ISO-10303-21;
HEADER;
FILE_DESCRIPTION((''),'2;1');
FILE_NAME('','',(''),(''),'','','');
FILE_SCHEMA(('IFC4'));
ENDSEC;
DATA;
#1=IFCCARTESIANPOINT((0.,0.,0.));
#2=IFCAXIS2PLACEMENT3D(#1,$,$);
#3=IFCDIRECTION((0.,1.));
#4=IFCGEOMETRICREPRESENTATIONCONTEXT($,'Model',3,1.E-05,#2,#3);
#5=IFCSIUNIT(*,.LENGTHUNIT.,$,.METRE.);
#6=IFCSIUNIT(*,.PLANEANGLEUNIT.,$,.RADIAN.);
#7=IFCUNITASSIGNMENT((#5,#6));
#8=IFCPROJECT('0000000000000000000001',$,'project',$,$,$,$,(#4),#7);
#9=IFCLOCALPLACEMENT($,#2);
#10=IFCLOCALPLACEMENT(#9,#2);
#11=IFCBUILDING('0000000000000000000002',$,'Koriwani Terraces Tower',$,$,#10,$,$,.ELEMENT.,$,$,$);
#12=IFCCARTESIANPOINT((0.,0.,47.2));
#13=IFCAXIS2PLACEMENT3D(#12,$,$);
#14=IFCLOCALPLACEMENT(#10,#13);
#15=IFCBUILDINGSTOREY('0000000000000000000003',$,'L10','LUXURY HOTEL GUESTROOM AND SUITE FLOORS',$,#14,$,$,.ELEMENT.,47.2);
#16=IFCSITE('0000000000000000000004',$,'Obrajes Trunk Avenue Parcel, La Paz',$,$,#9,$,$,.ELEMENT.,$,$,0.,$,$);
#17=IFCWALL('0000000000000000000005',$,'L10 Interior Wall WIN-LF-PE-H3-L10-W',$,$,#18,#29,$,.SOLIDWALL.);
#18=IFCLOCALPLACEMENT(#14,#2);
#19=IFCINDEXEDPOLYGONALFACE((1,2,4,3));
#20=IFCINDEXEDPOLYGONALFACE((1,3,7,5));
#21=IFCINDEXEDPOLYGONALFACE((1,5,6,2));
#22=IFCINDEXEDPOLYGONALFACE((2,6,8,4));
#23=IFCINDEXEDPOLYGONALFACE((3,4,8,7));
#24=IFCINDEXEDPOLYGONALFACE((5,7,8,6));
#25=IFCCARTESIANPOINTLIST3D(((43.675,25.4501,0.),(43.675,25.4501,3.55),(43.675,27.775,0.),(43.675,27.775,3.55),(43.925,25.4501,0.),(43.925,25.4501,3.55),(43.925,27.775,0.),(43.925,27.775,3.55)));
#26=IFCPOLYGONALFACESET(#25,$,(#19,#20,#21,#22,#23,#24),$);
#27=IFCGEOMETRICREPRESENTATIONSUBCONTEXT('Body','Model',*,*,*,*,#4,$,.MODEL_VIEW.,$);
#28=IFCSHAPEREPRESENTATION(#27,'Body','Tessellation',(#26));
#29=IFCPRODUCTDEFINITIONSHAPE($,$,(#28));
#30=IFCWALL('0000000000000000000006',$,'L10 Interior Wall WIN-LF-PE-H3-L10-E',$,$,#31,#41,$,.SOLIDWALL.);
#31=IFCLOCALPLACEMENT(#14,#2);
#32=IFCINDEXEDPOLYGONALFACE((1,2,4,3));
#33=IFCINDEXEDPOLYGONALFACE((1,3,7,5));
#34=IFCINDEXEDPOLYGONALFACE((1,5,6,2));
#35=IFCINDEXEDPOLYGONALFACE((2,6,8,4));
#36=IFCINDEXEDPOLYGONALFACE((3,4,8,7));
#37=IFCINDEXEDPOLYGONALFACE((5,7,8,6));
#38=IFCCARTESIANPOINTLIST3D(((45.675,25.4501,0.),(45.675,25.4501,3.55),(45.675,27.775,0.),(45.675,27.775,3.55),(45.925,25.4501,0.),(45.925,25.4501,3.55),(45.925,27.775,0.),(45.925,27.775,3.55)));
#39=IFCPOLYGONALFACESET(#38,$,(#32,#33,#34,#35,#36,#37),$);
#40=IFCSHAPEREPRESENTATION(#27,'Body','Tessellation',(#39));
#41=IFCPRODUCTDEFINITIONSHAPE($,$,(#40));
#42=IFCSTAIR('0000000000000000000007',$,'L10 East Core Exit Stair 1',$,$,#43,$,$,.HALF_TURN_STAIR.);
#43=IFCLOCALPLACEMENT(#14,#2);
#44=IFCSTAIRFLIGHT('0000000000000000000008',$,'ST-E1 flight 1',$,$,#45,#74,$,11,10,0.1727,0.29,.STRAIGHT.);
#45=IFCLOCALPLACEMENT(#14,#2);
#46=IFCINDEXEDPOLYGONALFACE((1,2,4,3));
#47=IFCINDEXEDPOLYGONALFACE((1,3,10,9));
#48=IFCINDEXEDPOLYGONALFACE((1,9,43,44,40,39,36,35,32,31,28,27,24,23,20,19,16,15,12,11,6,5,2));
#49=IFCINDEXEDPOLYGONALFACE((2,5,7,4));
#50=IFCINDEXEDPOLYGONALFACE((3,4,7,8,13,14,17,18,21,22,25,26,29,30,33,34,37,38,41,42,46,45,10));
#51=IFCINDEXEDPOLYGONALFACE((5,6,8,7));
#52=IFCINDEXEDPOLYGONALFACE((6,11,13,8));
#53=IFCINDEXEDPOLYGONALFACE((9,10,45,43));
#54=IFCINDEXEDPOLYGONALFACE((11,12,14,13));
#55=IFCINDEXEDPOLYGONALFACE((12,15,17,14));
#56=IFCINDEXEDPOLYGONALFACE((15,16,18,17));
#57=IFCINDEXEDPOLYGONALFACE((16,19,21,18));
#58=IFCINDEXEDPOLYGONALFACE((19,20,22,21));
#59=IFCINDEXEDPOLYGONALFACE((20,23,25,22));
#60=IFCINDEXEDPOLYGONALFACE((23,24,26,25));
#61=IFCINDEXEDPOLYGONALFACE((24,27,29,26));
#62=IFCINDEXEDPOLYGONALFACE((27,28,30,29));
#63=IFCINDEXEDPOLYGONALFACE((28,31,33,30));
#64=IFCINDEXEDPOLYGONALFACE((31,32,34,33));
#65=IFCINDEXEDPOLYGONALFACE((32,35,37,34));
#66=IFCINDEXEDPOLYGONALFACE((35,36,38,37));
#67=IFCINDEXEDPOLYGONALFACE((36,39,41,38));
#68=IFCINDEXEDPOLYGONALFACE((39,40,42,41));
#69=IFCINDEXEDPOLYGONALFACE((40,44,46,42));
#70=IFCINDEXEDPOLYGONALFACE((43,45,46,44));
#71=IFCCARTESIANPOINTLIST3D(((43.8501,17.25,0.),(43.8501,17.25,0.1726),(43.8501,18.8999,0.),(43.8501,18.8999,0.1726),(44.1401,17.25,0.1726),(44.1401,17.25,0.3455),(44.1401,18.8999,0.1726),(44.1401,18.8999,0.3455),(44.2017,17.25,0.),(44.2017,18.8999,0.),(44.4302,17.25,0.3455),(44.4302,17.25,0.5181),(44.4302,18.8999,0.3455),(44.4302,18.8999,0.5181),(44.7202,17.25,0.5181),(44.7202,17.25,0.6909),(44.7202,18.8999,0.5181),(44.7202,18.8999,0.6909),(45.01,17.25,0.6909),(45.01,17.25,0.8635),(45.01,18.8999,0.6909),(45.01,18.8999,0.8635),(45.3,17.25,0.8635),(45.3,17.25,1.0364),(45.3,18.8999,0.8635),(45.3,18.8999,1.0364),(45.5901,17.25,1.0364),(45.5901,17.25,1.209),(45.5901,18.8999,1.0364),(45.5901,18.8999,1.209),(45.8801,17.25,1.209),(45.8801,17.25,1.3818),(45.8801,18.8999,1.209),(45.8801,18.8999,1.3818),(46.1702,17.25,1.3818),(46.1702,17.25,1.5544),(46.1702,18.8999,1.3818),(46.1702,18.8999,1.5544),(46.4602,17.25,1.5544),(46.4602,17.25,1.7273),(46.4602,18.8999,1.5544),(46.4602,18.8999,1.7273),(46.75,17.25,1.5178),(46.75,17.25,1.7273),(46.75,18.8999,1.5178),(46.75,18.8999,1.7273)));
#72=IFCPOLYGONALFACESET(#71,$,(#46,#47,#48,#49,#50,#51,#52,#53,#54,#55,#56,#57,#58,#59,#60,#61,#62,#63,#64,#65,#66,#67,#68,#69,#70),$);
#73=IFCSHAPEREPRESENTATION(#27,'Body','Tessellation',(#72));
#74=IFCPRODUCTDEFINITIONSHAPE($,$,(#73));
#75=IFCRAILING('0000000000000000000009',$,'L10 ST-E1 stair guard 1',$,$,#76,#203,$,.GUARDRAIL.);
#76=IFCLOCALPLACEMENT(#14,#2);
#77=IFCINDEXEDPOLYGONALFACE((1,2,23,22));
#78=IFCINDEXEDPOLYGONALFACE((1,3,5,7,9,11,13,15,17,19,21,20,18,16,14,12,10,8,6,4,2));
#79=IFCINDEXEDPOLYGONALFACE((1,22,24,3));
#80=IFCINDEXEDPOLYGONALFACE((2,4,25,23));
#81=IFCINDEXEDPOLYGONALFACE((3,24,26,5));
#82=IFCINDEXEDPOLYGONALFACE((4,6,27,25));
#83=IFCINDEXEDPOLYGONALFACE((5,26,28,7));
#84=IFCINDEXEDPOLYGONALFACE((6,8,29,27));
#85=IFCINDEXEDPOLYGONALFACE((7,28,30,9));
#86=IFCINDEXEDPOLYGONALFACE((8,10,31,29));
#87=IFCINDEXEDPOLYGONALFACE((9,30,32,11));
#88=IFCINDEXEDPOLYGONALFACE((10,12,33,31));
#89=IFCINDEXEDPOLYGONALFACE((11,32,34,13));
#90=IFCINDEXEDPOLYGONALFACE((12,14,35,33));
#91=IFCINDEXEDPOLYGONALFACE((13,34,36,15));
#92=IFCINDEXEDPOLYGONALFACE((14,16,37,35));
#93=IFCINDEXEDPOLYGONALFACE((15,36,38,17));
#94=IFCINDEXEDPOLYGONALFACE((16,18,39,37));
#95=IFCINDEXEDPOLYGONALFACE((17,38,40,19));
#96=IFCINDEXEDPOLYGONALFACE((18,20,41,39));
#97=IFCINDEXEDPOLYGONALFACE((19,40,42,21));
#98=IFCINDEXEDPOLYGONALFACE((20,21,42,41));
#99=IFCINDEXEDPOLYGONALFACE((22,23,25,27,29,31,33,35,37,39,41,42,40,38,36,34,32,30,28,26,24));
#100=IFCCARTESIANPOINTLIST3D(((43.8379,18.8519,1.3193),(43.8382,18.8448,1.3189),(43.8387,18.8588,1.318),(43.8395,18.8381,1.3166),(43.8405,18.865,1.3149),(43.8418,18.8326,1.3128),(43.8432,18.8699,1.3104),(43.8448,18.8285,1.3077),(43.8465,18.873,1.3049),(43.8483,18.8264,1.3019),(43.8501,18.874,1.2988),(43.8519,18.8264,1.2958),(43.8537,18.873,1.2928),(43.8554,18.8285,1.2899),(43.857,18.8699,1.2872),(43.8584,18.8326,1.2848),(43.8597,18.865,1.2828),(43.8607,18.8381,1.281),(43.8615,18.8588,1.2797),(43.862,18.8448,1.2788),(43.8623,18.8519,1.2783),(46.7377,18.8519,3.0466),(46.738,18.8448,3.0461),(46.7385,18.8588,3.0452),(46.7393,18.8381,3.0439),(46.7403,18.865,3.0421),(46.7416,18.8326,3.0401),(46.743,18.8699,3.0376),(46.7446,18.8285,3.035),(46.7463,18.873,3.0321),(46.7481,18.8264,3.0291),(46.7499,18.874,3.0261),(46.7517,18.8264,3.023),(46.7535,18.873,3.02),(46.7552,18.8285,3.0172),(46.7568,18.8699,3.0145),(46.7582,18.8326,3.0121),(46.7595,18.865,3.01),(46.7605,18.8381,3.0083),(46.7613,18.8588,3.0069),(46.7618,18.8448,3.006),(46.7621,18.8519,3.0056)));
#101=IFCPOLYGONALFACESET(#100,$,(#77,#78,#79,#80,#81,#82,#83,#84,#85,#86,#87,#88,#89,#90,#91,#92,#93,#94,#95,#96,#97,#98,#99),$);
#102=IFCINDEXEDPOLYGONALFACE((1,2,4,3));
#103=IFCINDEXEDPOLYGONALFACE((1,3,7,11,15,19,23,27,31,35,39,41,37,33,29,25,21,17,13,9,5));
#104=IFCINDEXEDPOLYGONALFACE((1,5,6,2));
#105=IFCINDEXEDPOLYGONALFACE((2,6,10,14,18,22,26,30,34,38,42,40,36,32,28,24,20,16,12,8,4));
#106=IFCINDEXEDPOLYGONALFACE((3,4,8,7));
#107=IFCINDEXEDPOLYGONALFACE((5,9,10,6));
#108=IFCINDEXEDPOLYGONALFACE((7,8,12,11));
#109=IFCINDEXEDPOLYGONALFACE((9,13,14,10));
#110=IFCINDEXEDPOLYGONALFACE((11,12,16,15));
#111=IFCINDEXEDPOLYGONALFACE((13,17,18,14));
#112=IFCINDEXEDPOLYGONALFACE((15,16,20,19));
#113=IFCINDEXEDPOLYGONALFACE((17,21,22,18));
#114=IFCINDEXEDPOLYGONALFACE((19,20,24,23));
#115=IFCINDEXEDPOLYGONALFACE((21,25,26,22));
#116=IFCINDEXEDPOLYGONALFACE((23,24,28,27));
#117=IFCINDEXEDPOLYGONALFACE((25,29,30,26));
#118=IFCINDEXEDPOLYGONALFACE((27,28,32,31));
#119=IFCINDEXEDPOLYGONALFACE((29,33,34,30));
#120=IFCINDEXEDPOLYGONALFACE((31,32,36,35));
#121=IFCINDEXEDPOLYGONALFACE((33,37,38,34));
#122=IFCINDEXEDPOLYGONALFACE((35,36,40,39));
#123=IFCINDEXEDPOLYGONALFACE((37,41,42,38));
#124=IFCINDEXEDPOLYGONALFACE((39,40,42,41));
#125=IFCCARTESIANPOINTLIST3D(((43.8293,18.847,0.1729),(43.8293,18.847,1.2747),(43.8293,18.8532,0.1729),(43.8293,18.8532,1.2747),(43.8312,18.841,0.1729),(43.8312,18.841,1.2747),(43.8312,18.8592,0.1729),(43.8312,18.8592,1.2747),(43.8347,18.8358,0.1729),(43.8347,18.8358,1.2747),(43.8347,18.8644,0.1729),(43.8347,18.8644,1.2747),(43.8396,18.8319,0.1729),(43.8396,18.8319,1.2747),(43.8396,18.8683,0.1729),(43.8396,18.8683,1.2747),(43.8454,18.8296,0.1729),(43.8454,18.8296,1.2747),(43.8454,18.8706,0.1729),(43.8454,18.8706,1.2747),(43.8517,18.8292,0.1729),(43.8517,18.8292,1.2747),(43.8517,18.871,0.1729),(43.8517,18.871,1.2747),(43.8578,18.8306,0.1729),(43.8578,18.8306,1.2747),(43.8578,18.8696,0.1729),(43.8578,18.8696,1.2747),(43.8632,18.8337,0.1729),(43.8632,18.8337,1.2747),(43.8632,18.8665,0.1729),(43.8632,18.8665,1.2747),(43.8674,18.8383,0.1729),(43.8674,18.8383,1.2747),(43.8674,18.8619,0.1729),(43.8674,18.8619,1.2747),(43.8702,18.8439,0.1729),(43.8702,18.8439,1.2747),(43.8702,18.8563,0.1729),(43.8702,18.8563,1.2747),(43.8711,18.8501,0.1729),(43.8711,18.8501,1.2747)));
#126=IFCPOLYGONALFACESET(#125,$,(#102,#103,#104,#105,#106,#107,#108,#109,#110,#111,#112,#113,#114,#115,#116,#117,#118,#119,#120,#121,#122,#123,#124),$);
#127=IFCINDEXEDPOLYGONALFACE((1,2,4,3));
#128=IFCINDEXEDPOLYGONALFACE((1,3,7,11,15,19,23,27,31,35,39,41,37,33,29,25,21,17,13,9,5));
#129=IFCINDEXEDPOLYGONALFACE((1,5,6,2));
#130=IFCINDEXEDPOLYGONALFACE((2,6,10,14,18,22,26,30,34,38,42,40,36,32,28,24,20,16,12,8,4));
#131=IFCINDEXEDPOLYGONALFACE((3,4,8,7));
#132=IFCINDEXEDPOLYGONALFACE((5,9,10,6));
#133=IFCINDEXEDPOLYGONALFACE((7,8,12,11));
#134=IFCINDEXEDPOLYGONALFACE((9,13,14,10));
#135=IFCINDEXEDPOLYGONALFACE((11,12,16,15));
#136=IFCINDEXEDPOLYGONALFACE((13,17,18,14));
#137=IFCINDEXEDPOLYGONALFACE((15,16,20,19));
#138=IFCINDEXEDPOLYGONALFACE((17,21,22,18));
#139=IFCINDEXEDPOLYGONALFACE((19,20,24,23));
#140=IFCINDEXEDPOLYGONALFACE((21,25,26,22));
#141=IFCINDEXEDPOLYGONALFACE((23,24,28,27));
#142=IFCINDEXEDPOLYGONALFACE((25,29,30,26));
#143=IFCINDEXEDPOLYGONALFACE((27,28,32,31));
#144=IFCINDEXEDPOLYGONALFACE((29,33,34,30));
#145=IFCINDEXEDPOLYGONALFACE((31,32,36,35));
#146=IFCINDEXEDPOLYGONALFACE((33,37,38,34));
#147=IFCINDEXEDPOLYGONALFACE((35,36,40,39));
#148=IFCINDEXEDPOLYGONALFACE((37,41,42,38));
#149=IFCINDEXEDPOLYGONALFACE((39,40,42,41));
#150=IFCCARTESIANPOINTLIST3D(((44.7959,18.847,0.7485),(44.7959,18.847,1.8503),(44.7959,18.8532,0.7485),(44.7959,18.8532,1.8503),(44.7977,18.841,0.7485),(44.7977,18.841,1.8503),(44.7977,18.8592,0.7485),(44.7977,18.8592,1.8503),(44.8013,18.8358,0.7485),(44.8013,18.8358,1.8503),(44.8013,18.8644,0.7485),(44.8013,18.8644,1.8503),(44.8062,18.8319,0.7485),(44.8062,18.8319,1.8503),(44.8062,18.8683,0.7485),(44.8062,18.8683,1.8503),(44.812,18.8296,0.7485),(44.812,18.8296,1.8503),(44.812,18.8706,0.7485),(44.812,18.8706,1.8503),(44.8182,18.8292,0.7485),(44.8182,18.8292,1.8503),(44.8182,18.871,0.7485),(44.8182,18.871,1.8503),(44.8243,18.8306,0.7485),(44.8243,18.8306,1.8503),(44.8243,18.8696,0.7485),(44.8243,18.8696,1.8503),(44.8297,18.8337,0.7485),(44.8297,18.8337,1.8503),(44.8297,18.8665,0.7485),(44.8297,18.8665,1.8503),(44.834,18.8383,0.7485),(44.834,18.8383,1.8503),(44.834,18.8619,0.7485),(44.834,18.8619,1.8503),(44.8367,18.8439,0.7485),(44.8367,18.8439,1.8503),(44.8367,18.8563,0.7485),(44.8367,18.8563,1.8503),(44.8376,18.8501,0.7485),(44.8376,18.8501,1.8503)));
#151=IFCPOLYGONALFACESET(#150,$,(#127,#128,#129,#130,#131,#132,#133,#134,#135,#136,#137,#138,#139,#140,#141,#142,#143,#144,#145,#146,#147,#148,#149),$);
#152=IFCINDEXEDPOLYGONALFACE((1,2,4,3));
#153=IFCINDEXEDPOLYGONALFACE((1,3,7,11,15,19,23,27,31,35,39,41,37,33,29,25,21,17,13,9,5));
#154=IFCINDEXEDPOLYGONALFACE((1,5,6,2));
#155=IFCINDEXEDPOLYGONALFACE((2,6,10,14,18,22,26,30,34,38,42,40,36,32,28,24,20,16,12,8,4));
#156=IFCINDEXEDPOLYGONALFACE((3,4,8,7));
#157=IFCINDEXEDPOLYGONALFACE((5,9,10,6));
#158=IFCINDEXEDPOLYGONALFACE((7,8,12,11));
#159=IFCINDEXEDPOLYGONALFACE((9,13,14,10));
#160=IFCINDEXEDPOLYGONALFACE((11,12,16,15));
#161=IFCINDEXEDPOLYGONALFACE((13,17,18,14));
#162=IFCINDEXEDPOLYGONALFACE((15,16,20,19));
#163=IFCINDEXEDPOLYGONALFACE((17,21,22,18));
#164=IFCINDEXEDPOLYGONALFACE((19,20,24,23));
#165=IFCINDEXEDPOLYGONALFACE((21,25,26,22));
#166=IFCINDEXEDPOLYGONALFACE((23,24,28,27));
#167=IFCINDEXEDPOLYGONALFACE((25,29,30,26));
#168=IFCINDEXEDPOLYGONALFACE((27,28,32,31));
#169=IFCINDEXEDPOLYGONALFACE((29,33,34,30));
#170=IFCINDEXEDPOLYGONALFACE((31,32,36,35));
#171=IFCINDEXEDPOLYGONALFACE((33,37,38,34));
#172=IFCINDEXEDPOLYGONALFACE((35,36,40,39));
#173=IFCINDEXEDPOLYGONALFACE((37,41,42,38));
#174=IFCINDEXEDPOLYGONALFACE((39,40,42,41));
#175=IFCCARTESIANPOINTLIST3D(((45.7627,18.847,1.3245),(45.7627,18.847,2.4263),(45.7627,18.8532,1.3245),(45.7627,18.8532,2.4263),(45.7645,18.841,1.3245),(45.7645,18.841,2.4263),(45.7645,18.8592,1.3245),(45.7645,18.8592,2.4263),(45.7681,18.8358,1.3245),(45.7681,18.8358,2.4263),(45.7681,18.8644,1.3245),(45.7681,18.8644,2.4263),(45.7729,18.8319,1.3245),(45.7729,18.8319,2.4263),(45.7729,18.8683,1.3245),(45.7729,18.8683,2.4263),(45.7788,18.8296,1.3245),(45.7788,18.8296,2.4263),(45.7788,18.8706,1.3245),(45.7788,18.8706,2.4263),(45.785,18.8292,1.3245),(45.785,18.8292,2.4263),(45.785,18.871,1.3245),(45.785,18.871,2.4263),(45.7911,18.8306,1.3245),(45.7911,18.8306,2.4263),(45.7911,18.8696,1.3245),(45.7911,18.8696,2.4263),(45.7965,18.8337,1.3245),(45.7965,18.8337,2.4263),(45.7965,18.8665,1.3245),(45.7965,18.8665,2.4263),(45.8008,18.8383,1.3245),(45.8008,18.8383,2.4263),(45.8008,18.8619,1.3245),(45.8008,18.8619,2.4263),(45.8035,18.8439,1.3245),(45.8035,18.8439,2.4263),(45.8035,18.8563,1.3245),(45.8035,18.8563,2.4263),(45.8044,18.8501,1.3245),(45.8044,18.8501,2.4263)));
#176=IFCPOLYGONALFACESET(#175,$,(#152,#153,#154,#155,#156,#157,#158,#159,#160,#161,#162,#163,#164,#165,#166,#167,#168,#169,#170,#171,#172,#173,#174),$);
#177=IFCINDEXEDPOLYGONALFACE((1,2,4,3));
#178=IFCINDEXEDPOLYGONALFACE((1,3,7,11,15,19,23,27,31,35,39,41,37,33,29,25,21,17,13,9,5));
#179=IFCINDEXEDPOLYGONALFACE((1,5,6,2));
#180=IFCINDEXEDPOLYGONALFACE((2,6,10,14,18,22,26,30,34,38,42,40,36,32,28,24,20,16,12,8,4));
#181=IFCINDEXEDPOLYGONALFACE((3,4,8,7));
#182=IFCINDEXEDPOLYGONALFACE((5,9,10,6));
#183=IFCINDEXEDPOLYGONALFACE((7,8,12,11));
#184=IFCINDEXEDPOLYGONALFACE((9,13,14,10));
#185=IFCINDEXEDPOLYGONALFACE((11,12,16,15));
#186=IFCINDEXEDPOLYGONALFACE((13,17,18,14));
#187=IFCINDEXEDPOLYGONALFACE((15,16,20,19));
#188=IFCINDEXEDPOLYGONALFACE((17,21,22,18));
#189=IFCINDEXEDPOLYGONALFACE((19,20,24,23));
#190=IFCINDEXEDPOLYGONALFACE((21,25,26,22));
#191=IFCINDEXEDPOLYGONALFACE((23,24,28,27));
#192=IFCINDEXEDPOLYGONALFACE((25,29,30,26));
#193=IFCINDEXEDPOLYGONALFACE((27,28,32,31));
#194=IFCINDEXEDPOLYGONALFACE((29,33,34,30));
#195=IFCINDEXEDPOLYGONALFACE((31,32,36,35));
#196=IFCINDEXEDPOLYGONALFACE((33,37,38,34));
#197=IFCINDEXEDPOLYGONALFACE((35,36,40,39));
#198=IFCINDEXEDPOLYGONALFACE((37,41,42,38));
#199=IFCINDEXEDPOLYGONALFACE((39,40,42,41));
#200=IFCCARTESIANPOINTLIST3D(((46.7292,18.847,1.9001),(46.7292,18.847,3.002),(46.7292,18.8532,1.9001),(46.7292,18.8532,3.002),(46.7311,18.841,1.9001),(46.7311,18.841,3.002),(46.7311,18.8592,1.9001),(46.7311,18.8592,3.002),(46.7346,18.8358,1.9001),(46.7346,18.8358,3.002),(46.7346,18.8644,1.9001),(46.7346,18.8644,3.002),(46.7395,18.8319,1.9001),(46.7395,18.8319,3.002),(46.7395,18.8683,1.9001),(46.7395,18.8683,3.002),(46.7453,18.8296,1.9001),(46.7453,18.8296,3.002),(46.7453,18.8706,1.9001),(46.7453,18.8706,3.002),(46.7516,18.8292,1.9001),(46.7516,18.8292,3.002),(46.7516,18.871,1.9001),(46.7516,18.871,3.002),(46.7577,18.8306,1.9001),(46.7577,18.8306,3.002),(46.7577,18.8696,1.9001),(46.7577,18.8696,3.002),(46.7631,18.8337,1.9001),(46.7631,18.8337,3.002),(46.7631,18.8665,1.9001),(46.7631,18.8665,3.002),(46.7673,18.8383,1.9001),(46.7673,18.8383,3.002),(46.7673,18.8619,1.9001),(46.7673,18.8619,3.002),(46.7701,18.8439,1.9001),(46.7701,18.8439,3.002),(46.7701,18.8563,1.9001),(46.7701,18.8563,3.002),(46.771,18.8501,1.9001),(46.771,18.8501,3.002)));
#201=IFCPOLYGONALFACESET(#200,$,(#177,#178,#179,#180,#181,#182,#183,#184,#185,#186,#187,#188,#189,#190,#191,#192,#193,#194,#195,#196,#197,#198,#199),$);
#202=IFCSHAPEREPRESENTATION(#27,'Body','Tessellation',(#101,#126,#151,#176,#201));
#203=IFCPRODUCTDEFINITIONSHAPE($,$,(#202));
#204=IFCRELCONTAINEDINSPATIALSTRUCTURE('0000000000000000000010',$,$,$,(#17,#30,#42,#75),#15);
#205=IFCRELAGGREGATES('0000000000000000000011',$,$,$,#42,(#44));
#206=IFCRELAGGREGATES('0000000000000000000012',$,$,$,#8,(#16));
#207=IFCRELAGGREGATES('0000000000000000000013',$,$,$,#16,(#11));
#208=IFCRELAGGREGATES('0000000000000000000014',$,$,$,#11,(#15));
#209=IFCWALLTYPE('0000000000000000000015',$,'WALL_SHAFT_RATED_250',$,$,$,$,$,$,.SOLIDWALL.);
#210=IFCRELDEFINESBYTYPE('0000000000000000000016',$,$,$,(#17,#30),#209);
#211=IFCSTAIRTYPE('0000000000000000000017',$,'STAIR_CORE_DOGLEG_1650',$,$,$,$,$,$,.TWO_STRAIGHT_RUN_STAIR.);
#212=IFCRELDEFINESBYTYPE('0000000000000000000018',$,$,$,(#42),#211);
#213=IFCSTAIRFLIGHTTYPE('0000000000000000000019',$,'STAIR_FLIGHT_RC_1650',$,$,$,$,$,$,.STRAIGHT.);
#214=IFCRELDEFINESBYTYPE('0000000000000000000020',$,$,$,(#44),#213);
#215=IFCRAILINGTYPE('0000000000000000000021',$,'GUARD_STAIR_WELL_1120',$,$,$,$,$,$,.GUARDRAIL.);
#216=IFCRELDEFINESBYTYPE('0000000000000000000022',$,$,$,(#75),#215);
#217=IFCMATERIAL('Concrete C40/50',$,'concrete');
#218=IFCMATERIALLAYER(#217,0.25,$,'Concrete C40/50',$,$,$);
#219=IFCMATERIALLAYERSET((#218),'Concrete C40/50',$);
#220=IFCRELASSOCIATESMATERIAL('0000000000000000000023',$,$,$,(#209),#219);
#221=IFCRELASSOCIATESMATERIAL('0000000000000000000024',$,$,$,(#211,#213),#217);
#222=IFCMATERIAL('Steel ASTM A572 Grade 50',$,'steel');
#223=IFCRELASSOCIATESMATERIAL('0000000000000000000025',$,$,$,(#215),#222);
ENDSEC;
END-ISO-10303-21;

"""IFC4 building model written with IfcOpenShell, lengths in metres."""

from ifc_helpers import new_model, si_unit, direction, frame, frame_2d, origin, origin_2d, place, context, subcontext, project, spatial, polyline, rectangle, circle, outline, extrude, material, layer, layer_set, type_object, element, aggregate, save


model = new_model("IFC4")

# Units and contexts
model_context = context("Model", 3, precision=1e-05, world=origin(), true_north=direction((0.0, 1.0)))
body_context = subcontext(model_context, "Body", "Model", "MODEL_VIEW")
ifc_project = project(units=[si_unit("LENGTHUNIT", "METRE"), si_unit("PLANEANGLEUNIT", "RADIAN")], contexts=[model_context])

# Site, building, storey
site_placement = place(None, origin())
site = spatial("IfcSite", under=ifc_project, at=site_placement, Name="Obrajes Trunk Avenue Parcel, La Paz", CompositionType="ELEMENT", RefElevation=0.0)
building_placement = place(site_placement, origin())
building = spatial("IfcBuilding", under=site, at=building_placement, Name="Koriwani Terraces Tower", CompositionType="ELEMENT")
storey_placement = place(building_placement, frame((0.0, 0.0, 47.2)))
storey = spatial("IfcBuildingStorey", under=building, at=storey_placement, Name="L10", Description="LUXURY HOTEL GUESTROOM AND SUITE FLOORS", CompositionType="ELEMENT", Elevation=47.2)

# Shared definitions
ifc_material_1 = material(Name="Concrete C40/50", Category="concrete")
ifc_material_2 = material(Name="Steel ASTM A572 Grade 50", Category="steel")

# Shared definitions
ifc_layer_1 = layer(ifc_material_1, 0.25, Name="Concrete C40/50")
ifc_layer_set_1 = layer_set([ifc_layer_1], Name="Concrete C40/50")
wall_type_1 = type_object("IfcWallType", Name="WALL_SHAFT_RATED_250", PredefinedType="SOLIDWALL", material=ifc_layer_set_1)

# Walls
for number, where, z_axis, x_axis, name in (
    (1, (43.8, 25.45, 0.0), (0.0, 0.0, 1.0), (0.0, 1.0, 0.0), "L10 Interior Wall WIN-LF-PE-H3-L10-W"),
    (2, (45.8, 25.45, 0.0), (0.0, 0.0, 1.0), (0.0, 1.0, 0.0), "L10 Interior Wall WIN-LF-PE-H3-L10-E"),
):
    element("IfcWall", number, at=place(storey_placement, frame(where, z_axis=z_axis, x_axis=x_axis)), inside=storey, type_object=wall_type_1, Name=name, PredefinedType="SOLIDWALL", context=body_context, shape_type="SweptSolid", body=[
        extrude(rectangle(XDim=2.325, YDim=0.25, at=frame_2d((1.1626, 0.0))), origin(), (0.0, 0.0, 1.0), 3.55),
    ])

# Stair, stair flight
stair_type = type_object("IfcStairType", Name="STAIR_CORE_DOGLEG_1650", PredefinedType="TWO_STRAIGHT_RUN_STAIR", material=ifc_material_1)
stair_placement = place(storey_placement, origin())
stair = element("IfcStair", 3, at=stair_placement, inside=storey, type_object=stair_type, Name="L10 East Core Exit Stair 1", PredefinedType="HALF_TURN_STAIR")
stair_flight_type = type_object("IfcStairFlightType", Name="STAIR_FLIGHT_RC_1650", PredefinedType="STRAIGHT", material=ifc_material_1)
stair_flight_placement = place(storey_placement, frame((43.8501, 18.075, 0.0), z_axis=(0.0, 0.0, 1.0), x_axis=(1.0, 0.0, 0.0)))
stair_flight = element("IfcStairFlight", 4, at=stair_flight_placement, type_object=stair_flight_type, Name="ST-E1 flight 1", NumberOfRisers=11, NumberOfTreads=10, PredefinedType="STRAIGHT", RiserHeight=0.1727, TreadLength=0.29, context=body_context, shape_type="SweptSolid", body=[
    extrude(outline(polyline([(0.0, 0.0), (0.0, 0.1726), (0.29, 0.1726), (0.29, 0.3455), (0.5801, 0.3455), (0.5801, 0.5181), (0.8701, 0.5181), (0.8701, 0.6909), (1.1599, 0.6909), (1.1599, 0.8635), (1.45, 0.8635), (1.45, 1.0364), (1.74, 1.0364), (1.74, 1.209), (2.03, 1.209), (2.03, 1.3818), (2.3201, 1.3818), (2.3201, 1.5544), (2.6101, 1.5544), (2.6101, 1.7273), (2.8999, 1.7273), (2.8999, 1.8999), (2.8999, 1.5178), (0.3516, 0.0), (0.0, 0.0)])), frame((0.0, 0.825, 0.0), z_axis=(0.0, -1.0, 0.0), x_axis=(1.0, 0.0, 0.0)), (0.0, 0.0, 1.0), 1.6499),
])
aggregate(stair, [stair_flight])

# Railing
railing_type_1 = type_object("IfcRailingType", Name="GUARD_STAIR_WELL_1120", PredefinedType="GUARDRAIL", material=ifc_material_2)
railing_1_placement = place(storey_placement, frame((43.8501, 18.8501, 0.1729)))
element("IfcRailing", 5, at=railing_1_placement, inside=storey, type_object=railing_type_1, Name="L10 ST-E1 stair guard 1", PredefinedType="GUARDRAIL", context=body_context, shape_type="SweptSolid", body=[
    extrude(circle(Radius=0.0239, at=origin_2d()), frame((0.0, 0.0, 1.126), z_axis=(0.859141, 0.0, 0.511738), x_axis=(0.0, 1.0, 0.0)), (0.0, 0.0, 1.0), 3.3752),
    extrude(circle(Radius=0.021, at=origin_2d()), origin(), (0.0, 0.0, 1.0), 1.1018),
    extrude(circle(Radius=0.021, at=origin_2d()), frame((0.9666, 0.0, 0.5757)), (0.0, 0.0, 1.0), 1.1018),
    extrude(circle(Radius=0.021, at=origin_2d()), frame((1.9333, 0.0, 1.1516)), (0.0, 0.0, 1.0), 1.1018),
    extrude(circle(Radius=0.021, at=origin_2d()), frame((2.8999, 0.0, 1.7273)), (0.0, 0.0, 1.0), 1.1018),
])

save(model, "model.ifc")
